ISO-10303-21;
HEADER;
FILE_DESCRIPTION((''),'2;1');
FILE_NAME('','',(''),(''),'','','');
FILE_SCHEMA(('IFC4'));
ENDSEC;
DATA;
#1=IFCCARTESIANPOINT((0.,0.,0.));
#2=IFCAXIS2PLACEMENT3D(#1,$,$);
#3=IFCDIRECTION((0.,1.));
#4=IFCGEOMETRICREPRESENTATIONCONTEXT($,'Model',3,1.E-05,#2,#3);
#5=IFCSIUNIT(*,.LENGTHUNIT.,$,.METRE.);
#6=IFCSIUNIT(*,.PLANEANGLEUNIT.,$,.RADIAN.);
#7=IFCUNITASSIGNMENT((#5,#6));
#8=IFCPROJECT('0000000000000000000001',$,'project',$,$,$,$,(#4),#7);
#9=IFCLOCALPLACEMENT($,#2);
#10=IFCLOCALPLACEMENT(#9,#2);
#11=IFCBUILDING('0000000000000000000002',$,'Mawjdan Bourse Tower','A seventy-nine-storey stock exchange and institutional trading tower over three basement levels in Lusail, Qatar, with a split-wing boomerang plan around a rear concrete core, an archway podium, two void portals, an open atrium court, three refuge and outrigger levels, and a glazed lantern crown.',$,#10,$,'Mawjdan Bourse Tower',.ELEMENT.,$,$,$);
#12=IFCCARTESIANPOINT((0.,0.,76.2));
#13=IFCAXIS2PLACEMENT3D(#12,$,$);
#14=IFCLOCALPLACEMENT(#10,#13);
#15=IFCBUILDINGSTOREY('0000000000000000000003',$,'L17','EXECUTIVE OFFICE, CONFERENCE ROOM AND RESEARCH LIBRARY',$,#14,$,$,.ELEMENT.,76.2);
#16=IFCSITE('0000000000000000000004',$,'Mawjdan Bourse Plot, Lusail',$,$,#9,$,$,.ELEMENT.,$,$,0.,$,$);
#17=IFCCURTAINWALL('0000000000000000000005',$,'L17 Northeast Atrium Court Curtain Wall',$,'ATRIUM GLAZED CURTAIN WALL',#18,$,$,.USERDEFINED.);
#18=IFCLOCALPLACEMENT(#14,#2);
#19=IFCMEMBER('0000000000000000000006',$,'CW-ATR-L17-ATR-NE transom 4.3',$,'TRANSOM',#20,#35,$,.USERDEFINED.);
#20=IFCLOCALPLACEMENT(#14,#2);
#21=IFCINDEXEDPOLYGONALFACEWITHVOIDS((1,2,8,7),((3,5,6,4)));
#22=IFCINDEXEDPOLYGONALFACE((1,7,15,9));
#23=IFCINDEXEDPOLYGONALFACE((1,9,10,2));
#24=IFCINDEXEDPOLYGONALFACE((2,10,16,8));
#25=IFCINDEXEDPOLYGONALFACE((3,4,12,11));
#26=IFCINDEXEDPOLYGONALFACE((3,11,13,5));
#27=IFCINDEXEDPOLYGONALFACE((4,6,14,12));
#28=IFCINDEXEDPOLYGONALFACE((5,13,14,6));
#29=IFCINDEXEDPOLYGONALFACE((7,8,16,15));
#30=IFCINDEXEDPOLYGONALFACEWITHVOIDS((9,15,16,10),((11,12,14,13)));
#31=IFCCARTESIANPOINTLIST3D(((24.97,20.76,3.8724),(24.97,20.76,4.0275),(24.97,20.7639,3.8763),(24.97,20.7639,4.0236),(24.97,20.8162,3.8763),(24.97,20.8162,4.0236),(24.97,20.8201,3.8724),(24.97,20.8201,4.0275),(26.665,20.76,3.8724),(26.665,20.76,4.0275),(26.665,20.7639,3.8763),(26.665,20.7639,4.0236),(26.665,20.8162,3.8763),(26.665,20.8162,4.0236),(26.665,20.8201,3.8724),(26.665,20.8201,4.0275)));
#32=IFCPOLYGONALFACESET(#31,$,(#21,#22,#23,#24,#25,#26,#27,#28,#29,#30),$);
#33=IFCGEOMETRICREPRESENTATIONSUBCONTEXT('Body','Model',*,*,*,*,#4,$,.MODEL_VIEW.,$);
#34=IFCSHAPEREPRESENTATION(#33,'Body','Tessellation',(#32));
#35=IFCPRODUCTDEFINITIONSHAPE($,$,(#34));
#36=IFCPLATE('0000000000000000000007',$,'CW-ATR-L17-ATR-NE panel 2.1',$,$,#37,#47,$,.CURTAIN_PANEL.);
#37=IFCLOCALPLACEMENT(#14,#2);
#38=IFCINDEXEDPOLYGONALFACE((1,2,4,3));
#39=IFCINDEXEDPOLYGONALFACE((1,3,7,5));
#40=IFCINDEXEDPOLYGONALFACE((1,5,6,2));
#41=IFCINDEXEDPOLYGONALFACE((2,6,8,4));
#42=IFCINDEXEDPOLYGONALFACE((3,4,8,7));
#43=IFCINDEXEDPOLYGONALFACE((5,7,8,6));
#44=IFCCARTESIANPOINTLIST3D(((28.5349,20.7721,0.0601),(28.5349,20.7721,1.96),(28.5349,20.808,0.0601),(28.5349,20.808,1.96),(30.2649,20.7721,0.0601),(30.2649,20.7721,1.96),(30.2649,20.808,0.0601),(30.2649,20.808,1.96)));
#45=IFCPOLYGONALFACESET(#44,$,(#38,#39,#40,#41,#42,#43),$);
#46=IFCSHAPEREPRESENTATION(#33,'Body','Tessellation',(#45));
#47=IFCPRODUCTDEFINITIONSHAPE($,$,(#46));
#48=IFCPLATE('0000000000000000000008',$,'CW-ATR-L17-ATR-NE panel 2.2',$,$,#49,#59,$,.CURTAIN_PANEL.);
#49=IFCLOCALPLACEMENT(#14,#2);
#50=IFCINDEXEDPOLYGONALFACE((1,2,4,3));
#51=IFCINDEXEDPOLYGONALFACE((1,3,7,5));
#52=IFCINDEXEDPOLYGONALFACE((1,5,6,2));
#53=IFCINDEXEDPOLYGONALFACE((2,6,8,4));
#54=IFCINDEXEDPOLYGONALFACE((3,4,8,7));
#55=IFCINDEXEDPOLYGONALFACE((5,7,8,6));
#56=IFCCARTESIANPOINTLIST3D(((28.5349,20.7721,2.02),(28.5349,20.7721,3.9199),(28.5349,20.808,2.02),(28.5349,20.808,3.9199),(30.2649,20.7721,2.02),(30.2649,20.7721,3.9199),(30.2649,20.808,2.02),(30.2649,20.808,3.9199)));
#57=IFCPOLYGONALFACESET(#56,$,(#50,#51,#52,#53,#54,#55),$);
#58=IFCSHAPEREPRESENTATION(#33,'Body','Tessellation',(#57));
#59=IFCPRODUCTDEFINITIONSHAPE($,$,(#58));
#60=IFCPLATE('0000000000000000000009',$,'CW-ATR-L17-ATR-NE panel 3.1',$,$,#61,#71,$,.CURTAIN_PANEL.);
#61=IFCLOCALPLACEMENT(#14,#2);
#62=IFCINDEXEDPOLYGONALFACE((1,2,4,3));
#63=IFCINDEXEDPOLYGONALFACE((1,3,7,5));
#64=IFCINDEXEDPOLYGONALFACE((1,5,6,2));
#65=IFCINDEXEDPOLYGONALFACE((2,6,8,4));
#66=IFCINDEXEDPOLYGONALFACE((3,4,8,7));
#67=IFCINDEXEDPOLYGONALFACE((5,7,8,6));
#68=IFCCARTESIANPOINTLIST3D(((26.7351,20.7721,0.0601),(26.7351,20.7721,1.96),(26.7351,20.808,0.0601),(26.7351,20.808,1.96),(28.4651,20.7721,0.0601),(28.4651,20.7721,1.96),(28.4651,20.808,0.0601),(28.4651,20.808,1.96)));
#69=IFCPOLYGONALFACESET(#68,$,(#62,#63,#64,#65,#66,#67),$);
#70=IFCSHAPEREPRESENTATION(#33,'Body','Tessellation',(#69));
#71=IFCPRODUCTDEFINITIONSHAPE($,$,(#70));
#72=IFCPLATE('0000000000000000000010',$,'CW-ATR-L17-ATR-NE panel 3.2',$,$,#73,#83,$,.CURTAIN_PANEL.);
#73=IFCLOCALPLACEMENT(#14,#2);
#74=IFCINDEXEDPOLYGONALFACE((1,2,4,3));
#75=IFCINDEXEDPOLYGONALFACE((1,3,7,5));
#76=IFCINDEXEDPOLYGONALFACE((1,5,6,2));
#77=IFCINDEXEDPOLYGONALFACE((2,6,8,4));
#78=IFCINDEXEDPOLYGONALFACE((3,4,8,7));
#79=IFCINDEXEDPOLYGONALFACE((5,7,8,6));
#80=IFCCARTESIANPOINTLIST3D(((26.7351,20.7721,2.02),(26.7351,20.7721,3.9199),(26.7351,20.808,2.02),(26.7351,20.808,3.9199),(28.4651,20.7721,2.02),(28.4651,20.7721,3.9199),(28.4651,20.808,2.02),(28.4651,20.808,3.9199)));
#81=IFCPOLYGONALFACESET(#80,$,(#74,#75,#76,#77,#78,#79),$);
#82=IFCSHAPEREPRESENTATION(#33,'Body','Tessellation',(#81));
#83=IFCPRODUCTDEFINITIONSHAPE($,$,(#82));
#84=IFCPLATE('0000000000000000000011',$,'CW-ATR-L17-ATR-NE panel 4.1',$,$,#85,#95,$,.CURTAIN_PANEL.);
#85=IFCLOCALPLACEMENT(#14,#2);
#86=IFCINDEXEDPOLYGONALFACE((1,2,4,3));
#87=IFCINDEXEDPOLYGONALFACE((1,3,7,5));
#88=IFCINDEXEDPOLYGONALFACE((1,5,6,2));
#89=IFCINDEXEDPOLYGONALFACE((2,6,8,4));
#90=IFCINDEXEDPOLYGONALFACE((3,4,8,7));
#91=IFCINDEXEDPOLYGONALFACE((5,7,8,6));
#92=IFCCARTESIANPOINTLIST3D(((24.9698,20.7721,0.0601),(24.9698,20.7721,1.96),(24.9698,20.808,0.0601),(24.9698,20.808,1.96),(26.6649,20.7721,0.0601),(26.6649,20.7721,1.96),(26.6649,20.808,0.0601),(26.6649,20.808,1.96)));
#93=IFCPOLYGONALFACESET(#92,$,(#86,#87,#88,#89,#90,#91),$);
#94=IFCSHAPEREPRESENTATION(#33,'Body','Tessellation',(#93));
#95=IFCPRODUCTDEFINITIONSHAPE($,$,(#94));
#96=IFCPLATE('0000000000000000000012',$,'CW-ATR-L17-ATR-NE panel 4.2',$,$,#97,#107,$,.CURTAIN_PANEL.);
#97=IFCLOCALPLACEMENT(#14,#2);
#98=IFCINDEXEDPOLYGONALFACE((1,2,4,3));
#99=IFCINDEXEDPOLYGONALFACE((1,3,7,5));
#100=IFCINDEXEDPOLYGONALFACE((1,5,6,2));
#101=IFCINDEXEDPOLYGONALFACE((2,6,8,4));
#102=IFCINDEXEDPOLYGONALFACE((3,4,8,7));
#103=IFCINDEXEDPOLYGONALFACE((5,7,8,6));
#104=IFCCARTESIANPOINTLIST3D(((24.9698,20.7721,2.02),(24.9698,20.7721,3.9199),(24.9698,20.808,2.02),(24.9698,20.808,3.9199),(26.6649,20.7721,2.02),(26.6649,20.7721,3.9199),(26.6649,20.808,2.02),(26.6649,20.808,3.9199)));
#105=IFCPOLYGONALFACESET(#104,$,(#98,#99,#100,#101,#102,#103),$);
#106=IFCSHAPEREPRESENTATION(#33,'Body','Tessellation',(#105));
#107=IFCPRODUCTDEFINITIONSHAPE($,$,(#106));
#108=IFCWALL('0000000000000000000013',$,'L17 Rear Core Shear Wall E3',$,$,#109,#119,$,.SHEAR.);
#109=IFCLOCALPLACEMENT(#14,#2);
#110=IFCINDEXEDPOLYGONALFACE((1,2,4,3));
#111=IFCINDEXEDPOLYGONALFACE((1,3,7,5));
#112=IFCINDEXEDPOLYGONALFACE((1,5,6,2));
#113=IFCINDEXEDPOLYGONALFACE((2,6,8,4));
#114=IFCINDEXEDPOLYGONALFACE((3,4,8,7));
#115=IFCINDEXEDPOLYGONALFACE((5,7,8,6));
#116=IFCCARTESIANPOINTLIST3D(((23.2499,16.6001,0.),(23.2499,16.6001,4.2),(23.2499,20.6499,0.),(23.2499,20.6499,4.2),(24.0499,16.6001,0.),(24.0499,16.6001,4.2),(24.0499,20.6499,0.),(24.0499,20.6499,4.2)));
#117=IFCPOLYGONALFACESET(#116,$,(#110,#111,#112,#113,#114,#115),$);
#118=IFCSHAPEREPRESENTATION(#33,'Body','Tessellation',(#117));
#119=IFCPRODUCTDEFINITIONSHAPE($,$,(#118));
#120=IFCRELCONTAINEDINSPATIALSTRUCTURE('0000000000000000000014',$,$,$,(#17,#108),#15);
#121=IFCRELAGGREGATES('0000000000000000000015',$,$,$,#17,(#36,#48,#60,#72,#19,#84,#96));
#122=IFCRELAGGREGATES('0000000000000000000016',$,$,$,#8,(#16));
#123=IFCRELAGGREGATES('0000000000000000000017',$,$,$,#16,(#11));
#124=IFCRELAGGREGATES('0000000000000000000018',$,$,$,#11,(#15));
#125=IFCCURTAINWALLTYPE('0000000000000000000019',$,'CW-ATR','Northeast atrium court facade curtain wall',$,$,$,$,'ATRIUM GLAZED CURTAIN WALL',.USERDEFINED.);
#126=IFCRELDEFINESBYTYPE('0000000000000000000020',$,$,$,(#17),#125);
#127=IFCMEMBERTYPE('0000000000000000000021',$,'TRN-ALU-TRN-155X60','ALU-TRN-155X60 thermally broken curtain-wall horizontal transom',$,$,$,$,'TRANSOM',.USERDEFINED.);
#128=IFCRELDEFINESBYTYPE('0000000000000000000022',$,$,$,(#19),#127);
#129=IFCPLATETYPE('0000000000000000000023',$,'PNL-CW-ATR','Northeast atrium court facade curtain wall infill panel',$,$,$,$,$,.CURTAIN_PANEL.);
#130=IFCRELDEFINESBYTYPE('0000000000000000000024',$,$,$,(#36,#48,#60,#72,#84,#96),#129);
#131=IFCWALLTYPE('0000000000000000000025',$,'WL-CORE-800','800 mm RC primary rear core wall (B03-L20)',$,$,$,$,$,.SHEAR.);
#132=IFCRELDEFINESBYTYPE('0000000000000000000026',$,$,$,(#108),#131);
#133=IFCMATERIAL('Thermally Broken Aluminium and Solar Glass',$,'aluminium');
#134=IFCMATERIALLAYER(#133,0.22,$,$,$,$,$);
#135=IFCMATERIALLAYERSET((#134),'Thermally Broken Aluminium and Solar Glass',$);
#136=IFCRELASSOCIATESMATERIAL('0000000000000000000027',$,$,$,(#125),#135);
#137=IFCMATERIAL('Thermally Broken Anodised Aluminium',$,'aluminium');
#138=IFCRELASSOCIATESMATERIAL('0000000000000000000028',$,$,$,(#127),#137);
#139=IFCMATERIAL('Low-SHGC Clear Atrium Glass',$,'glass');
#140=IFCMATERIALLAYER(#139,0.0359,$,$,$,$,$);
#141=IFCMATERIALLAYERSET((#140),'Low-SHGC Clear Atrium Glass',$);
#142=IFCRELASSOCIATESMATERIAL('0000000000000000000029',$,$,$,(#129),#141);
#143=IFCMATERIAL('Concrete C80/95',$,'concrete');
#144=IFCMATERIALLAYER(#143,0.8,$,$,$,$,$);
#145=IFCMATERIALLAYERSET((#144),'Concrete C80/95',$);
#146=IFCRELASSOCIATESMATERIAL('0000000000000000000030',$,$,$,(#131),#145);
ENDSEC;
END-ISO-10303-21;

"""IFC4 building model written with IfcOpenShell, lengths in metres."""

from ifc_helpers import new_model, si_unit, direction, frame, frame_2d, origin, origin_2d, place, context, subcontext, project, spatial, rectangle, hollow_rectangle, extrude, material, layer, layer_set, material_profile, profile_set, type_object, element, aggregate, save


model = new_model("IFC4")

# Units and contexts
model_context = context("Model", 3, precision=1e-05, world=origin(), true_north=direction((0.0, 1.0)))
body_context = subcontext(model_context, "Body", "Model", "MODEL_VIEW")
ifc_project = project(units=[si_unit("LENGTHUNIT", "METRE"), si_unit("PLANEANGLEUNIT", "RADIAN")], contexts=[model_context])

# Site, building, storey
site_placement = place(None, origin())
site = spatial("IfcSite", under=ifc_project, at=site_placement, Name="Mawjdan Bourse Plot, Lusail", CompositionType="ELEMENT", RefElevation=0.0)
building_placement = place(site_placement, origin())
building = spatial("IfcBuilding", under=site, at=building_placement, Name="Mawjdan Bourse Tower", Description="A seventy-nine-storey stock exchange and institutional trading tower over three basement levels in Lusail, Qatar, with a split-wing boomerang plan around a rear concrete core, an archway podium, two void portals, an open atrium court, three refuge and outrigger levels, and a glazed lantern crown.", LongName="Mawjdan Bourse Tower", CompositionType="ELEMENT")
storey_placement = place(building_placement, frame((0.0, 0.0, 76.2)))
storey = spatial("IfcBuildingStorey", under=building, at=storey_placement, Name="L17", Description="EXECUTIVE OFFICE, CONFERENCE ROOM AND RESEARCH LIBRARY", CompositionType="ELEMENT", Elevation=76.2)

# Curtain wall, member, plates
ifc_material_1 = material(Name="Thermally Broken Aluminium and Solar Glass", Category="aluminium")
ifc_layer_1 = layer(ifc_material_1, 0.22)
ifc_layer_set_1 = layer_set([ifc_layer_1], Name="Thermally Broken Aluminium and Solar Glass")
curtain_wall_type = type_object("IfcCurtainWallType", Name="CW-ATR", Description="Northeast atrium court facade curtain wall", ElementType="ATRIUM GLAZED CURTAIN WALL", PredefinedType="USERDEFINED", material=ifc_layer_set_1)
curtain_wall_placement = place(storey_placement, origin())
curtain_wall = element("IfcCurtainWall", 1, at=curtain_wall_placement, inside=storey, type_object=curtain_wall_type, Name="L17 Northeast Atrium Court Curtain Wall", ObjectType="ATRIUM GLAZED CURTAIN WALL", PredefinedType="USERDEFINED")
ifc_material_2 = material(Name="Thermally Broken Anodised Aluminium", Category="aluminium")
ifc_material_profile_1 = material_profile(ifc_material_2, hollow_rectangle(XDim=0.0601, YDim=0.155, WallThickness=0.0039, at=origin_2d()), Name="ALU-TRN-155X60")
ifc_profile_set_1 = profile_set([ifc_material_profile_1], Name="Thermally Broken Anodised Aluminium")
member_type_1 = type_object("IfcMemberType", Name="TRN-ALU-TRN-155X60", Description="ALU-TRN-155X60 thermally broken curtain-wall horizontal transom", ElementType="TRANSOM", PredefinedType="USERDEFINED", material=ifc_profile_set_1)
member_1_placement = place(storey_placement, frame((26.665, 20.79, 3.95), z_axis=(-1.0, 0.0, 0.0), x_axis=(0.0, -1.0, 0.0)))
member_1 = element("IfcMember", 2, at=member_1_placement, type_object=member_type_1, Name="CW-ATR-L17-ATR-NE transom 4.3", ObjectType="TRANSOM", PredefinedType="USERDEFINED", context=body_context, shape_type="SweptSolid", body=[
    extrude(hollow_rectangle(XDim=0.0601, YDim=0.155, WallThickness=0.0039, at=origin_2d()), origin(), (0.0, 0.0, 1.0), 1.6951),
])
ifc_material_3 = material(Name="Low-SHGC Clear Atrium Glass", Category="glass")
ifc_layer_2 = layer(ifc_material_3, 0.0359)
ifc_layer_set_2 = layer_set([ifc_layer_2], Name="Low-SHGC Clear Atrium Glass")
plate_type = type_object("IfcPlateType", Name="PNL-CW-ATR", Description="Northeast atrium court facade curtain wall infill panel", PredefinedType="CURTAIN_PANEL", material=ifc_layer_set_2)
plate_1_placement = place(storey_placement, frame((29.3999, 20.79, 0.0601), z_axis=(0.0, 0.0, 1.0), x_axis=(-1.0, 0.0, 0.0)))
plate_1 = element("IfcPlate", 3, at=plate_1_placement, type_object=plate_type, Name="CW-ATR-L17-ATR-NE panel 2.1", PredefinedType="CURTAIN_PANEL", context=body_context, shape_type="SweptSolid", body=[
    extrude(rectangle(XDim=1.73, YDim=0.0359, at=origin_2d()), origin(), (0.0, 0.0, 1.0), 1.8999),
])
plate_2_placement = place(storey_placement, frame((29.3999, 20.79, 2.02), z_axis=(0.0, 0.0, 1.0), x_axis=(-1.0, 0.0, 0.0)))
plate_2 = element("IfcPlate", 4, at=plate_2_placement, type_object=plate_type, Name="CW-ATR-L17-ATR-NE panel 2.2", PredefinedType="CURTAIN_PANEL", context=body_context, shape_type="SweptSolid", body=[
    extrude(rectangle(XDim=1.73, YDim=0.0359, at=origin_2d()), origin(), (0.0, 0.0, 1.0), 1.8999),
])
plate_3_placement = place(storey_placement, frame((27.6001, 20.79, 0.0601), z_axis=(0.0, 0.0, 1.0), x_axis=(-1.0, 0.0, 0.0)))
plate_3 = element("IfcPlate", 5, at=plate_3_placement, type_object=plate_type, Name="CW-ATR-L17-ATR-NE panel 3.1", PredefinedType="CURTAIN_PANEL", context=body_context, shape_type="SweptSolid", body=[
    extrude(rectangle(XDim=1.73, YDim=0.0359, at=origin_2d()), origin(), (0.0, 0.0, 1.0), 1.8999),
])
plate_4_placement = place(storey_placement, frame((27.6001, 20.79, 2.02), z_axis=(0.0, 0.0, 1.0), x_axis=(-1.0, 0.0, 0.0)))
plate_4 = element("IfcPlate", 6, at=plate_4_placement, type_object=plate_type, Name="CW-ATR-L17-ATR-NE panel 3.2", PredefinedType="CURTAIN_PANEL", context=body_context, shape_type="SweptSolid", body=[
    extrude(rectangle(XDim=1.73, YDim=0.0359, at=origin_2d()), origin(), (0.0, 0.0, 1.0), 1.8999),
])
plate_5_placement = place(storey_placement, frame((25.8174, 20.79, 0.0601), z_axis=(0.0, 0.0, 1.0), x_axis=(-1.0, 0.0, 0.0)))
plate_5 = element("IfcPlate", 7, at=plate_5_placement, type_object=plate_type, Name="CW-ATR-L17-ATR-NE panel 4.1", PredefinedType="CURTAIN_PANEL", context=body_context, shape_type="SweptSolid", body=[
    extrude(rectangle(XDim=1.6951, YDim=0.0359, at=origin_2d()), origin(), (0.0, 0.0, 1.0), 1.8999),
])
plate_6_placement = place(storey_placement, frame((25.8174, 20.79, 2.02), z_axis=(0.0, 0.0, 1.0), x_axis=(-1.0, 0.0, 0.0)))
plate_6 = element("IfcPlate", 8, at=plate_6_placement, type_object=plate_type, Name="CW-ATR-L17-ATR-NE panel 4.2", PredefinedType="CURTAIN_PANEL", context=body_context, shape_type="SweptSolid", body=[
    extrude(rectangle(XDim=1.6951, YDim=0.0359, at=origin_2d()), origin(), (0.0, 0.0, 1.0), 1.8999),
])
aggregate(curtain_wall, [plate_1, plate_2, plate_3, plate_4, member_1, plate_5, plate_6])

# Wall
ifc_material_4 = material(Name="Concrete C80/95", Category="concrete")
ifc_layer_3 = layer(ifc_material_4, 0.8)
ifc_layer_set_3 = layer_set([ifc_layer_3], Name="Concrete C80/95")
wall_type_1 = type_object("IfcWallType", Name="WL-CORE-800", Description="800 mm RC primary rear core wall (B03-L20)", PredefinedType="SHEAR", material=ifc_layer_set_3)
wall_1_placement = place(storey_placement, frame((23.6499, 16.6001, 0.0), z_axis=(0.0, 0.0, 1.0), x_axis=(0.0, 1.0, 0.0)))
element("IfcWall", 9, at=wall_1_placement, inside=storey, type_object=wall_type_1, Name="L17 Rear Core Shear Wall E3", PredefinedType="SHEAR", context=body_context, shape_type="SweptSolid", body=[
    extrude(rectangle(XDim=4.0498, YDim=0.8, at=frame_2d((2.0249, 0.0))), origin(), (0.0, 0.0, 1.0), 4.2),
])

save(model, "model.ifc")
